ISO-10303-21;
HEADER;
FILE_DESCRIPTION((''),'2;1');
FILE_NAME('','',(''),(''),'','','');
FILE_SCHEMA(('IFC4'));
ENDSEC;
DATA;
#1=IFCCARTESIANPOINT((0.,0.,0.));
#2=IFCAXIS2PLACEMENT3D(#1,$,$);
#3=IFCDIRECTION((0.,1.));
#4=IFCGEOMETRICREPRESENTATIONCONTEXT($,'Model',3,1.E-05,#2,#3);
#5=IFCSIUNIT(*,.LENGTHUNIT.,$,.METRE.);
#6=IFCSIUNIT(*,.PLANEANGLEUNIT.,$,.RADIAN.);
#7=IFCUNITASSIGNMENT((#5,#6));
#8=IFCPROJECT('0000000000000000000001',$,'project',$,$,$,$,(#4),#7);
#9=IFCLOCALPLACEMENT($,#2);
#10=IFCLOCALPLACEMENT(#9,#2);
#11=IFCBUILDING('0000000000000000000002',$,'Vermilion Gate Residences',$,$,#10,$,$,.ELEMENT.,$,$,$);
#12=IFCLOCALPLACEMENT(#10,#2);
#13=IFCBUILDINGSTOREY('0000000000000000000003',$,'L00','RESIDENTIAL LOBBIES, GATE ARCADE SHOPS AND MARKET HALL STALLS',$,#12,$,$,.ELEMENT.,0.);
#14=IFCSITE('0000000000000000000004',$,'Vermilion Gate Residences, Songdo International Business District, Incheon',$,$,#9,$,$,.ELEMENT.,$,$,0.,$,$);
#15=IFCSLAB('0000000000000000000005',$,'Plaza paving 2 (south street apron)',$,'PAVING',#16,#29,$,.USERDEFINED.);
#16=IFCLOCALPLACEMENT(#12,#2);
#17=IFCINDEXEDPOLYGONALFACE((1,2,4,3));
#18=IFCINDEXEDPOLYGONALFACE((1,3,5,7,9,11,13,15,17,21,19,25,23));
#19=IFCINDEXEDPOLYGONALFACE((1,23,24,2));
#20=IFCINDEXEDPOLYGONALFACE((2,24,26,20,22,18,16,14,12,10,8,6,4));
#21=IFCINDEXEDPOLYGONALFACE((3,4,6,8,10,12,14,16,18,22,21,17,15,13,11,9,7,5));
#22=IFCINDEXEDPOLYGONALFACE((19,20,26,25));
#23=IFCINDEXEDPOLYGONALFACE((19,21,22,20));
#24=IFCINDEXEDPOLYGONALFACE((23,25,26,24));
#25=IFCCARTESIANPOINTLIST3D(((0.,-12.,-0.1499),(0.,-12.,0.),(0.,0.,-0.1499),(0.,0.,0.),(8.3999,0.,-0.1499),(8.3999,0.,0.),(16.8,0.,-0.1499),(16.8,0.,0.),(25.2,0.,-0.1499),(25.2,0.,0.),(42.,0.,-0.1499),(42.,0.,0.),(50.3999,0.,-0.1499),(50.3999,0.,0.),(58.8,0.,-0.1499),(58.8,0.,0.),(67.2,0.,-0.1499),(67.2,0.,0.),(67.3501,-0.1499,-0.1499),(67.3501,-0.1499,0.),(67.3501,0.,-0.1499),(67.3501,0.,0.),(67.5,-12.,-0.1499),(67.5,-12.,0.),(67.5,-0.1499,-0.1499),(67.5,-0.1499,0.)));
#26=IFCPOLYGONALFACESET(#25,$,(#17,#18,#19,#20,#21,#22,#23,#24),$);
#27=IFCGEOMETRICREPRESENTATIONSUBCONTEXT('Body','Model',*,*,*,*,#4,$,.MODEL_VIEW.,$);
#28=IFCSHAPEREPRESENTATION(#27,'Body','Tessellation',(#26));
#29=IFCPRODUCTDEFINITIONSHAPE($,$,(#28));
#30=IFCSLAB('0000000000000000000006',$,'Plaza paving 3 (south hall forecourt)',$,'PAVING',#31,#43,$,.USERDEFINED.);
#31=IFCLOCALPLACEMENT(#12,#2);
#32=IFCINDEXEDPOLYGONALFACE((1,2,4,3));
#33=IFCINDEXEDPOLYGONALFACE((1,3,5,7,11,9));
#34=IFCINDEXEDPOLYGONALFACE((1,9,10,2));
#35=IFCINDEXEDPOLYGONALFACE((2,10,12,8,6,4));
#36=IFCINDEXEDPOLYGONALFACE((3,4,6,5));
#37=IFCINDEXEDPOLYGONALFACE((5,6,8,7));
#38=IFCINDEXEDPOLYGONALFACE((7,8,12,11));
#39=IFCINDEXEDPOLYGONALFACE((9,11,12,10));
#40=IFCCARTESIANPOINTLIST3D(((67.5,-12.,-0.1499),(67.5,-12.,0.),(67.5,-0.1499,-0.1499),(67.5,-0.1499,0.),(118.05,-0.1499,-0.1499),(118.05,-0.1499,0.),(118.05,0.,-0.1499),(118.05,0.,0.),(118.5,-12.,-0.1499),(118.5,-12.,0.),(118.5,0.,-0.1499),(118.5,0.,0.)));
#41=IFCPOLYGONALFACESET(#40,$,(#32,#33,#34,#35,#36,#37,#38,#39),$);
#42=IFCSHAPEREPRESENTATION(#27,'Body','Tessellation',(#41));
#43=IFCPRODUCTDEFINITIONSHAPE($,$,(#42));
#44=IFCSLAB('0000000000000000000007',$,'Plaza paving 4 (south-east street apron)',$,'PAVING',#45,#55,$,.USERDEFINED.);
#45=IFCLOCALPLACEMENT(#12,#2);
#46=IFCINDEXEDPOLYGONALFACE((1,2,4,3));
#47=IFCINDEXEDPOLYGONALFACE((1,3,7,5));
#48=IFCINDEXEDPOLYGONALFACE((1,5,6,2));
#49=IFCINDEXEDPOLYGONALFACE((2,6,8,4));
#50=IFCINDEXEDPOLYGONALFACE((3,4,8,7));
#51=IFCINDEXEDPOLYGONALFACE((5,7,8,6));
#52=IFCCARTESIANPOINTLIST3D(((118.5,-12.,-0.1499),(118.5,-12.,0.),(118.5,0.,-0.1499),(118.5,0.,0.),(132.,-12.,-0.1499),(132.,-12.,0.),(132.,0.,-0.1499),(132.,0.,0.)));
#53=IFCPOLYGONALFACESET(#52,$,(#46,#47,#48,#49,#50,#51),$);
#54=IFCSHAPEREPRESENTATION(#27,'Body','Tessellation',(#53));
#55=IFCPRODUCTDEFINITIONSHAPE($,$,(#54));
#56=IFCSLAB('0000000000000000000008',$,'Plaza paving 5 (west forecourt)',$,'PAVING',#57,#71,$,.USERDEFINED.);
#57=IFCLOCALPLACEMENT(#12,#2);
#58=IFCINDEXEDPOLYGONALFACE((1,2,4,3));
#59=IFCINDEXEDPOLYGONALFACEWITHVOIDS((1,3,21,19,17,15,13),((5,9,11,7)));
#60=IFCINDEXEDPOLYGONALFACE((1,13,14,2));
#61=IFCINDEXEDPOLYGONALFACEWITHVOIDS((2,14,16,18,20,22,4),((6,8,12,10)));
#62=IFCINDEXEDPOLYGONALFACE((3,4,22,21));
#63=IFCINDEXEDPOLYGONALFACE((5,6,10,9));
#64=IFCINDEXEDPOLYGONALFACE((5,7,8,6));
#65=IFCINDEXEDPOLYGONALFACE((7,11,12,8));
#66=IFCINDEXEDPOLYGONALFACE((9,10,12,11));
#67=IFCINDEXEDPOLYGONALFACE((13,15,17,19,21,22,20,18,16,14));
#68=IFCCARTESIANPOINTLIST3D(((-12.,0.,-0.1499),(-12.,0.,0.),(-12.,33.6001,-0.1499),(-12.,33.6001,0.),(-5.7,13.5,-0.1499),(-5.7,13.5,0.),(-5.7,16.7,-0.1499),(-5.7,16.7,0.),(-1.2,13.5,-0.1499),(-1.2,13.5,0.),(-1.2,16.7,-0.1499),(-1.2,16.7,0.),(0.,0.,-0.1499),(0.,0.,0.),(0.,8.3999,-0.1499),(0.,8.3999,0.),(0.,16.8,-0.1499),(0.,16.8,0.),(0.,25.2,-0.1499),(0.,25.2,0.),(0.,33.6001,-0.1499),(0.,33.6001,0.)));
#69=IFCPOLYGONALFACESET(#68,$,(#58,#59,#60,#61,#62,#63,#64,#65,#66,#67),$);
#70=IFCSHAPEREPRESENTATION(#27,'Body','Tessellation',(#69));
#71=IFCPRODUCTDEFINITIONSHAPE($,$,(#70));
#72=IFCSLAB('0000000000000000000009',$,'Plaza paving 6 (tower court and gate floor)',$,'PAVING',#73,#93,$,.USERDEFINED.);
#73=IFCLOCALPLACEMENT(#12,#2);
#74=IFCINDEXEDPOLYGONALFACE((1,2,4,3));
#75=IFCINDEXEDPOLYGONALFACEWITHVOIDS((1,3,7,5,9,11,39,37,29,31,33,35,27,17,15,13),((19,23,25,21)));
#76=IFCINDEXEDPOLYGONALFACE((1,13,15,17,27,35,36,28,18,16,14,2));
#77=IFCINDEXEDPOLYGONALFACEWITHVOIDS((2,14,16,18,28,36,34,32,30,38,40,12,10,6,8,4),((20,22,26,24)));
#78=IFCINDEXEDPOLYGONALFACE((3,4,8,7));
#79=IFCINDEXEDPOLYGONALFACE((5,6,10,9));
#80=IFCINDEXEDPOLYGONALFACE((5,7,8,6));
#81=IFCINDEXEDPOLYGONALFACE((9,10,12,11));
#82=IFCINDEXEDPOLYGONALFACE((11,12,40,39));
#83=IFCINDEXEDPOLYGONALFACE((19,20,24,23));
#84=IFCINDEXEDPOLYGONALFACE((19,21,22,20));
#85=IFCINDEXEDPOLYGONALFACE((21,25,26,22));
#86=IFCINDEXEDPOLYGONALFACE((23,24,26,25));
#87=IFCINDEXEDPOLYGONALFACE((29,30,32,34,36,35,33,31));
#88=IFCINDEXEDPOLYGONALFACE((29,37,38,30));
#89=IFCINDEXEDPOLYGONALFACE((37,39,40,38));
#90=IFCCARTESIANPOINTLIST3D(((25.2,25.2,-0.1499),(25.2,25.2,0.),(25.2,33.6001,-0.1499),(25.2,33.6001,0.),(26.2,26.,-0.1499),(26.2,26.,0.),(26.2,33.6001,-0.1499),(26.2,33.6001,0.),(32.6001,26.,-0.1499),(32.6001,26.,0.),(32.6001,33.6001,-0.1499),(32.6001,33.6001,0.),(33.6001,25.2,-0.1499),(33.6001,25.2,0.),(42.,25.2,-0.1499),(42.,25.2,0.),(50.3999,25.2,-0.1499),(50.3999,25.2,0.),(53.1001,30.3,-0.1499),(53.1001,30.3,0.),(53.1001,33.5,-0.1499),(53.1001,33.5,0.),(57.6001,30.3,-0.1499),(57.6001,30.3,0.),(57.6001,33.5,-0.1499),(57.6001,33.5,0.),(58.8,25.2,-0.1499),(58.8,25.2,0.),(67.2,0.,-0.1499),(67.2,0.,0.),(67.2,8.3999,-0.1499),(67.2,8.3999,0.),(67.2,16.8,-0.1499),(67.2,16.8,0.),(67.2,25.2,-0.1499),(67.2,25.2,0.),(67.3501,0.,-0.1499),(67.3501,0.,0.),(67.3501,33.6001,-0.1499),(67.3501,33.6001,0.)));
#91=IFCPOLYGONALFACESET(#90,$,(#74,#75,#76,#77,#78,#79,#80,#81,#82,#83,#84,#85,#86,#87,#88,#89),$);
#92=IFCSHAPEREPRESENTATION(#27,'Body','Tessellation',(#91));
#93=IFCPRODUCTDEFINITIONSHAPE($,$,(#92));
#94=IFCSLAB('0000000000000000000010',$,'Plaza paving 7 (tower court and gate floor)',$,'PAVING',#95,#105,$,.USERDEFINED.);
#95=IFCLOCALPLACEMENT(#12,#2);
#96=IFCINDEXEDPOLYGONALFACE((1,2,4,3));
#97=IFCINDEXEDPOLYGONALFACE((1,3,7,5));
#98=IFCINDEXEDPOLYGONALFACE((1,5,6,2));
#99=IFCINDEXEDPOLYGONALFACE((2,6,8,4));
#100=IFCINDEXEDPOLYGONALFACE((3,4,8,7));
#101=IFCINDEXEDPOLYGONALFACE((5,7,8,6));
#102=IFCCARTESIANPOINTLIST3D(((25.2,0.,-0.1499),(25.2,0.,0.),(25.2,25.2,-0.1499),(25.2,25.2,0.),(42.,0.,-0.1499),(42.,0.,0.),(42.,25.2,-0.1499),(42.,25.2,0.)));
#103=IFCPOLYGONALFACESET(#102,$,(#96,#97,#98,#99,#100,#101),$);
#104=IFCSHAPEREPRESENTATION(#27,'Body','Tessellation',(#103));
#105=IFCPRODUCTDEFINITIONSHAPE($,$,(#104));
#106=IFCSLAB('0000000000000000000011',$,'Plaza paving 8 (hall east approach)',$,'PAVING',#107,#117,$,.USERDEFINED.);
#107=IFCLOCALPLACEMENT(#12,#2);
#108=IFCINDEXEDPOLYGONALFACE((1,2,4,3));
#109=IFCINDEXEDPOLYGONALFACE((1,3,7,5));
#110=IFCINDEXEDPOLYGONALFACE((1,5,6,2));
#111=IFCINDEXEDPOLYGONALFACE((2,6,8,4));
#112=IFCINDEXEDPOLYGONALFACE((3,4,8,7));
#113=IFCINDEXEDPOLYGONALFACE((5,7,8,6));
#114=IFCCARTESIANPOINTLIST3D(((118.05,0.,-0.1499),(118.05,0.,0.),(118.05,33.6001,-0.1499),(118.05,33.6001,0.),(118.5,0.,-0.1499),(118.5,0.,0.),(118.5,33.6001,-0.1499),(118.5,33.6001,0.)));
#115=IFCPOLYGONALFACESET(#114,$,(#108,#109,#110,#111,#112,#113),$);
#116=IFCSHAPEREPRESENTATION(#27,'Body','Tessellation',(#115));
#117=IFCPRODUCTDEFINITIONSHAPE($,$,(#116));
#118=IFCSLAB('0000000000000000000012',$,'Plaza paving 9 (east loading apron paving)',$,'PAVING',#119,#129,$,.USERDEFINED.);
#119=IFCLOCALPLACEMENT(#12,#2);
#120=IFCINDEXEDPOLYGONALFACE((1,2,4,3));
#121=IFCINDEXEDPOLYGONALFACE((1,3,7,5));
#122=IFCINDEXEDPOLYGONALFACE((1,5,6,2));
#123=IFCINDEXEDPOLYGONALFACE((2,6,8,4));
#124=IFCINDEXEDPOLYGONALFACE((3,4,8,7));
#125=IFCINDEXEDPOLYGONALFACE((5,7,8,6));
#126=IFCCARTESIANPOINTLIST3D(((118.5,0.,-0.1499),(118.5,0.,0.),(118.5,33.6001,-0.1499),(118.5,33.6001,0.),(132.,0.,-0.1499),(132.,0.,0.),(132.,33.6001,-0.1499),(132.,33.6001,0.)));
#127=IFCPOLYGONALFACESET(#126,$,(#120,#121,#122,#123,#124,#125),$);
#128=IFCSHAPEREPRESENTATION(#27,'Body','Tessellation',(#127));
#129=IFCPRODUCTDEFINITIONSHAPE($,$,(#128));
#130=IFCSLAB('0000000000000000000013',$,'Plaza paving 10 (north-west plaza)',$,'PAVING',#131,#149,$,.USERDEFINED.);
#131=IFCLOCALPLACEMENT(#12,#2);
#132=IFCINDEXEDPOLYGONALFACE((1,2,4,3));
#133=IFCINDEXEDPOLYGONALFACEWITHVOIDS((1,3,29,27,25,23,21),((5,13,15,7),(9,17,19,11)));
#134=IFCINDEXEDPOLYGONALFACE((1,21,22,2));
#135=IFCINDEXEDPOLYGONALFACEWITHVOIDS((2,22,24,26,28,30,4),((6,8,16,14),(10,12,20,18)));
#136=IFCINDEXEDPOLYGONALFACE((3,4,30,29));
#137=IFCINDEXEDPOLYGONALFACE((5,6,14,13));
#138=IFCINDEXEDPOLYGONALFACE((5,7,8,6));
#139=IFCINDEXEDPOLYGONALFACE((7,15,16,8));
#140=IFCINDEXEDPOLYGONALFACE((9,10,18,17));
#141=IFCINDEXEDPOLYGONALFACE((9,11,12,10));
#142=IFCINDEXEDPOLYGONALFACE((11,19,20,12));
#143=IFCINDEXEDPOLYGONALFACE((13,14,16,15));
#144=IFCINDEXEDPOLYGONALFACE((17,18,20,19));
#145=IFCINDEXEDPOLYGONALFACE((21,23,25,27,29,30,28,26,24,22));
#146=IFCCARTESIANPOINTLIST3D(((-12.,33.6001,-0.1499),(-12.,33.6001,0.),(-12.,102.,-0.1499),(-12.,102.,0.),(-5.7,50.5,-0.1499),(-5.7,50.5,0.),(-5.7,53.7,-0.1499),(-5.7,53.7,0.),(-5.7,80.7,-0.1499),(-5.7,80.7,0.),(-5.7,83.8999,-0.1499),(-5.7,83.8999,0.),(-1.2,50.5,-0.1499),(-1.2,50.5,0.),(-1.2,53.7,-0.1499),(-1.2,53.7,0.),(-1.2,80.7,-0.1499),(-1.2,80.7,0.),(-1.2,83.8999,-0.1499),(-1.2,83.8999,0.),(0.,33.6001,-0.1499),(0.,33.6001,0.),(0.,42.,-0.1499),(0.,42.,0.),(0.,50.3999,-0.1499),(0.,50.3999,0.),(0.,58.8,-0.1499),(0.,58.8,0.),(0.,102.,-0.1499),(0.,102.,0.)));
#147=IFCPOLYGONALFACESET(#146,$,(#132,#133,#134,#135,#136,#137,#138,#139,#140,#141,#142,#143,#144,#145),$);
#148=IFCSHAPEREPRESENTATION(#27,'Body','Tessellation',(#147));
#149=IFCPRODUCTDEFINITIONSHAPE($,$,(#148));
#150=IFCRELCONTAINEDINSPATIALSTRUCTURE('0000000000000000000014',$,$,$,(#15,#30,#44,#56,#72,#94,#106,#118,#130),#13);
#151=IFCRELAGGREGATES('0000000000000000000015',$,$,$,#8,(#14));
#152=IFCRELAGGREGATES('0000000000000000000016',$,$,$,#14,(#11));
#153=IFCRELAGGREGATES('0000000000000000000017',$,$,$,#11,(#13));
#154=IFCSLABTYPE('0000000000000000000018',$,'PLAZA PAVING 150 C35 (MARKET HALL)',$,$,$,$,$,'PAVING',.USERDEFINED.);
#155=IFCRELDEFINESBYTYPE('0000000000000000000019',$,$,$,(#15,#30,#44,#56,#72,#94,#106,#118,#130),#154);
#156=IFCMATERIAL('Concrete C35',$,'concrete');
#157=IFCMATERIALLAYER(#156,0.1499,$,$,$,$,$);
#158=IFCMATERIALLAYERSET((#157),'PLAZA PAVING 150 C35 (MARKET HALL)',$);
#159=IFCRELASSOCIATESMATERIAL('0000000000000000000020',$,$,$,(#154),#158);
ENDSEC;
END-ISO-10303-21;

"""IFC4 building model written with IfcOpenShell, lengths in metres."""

from ifc_helpers import new_model, si_unit, direction, frame, origin, place, context, subcontext, project, spatial, polyline, outline, extrude, material, layer, layer_set, type_object, element, save


model = new_model("IFC4")

# Units and contexts
model_context = context("Model", 3, precision=1e-05, world=origin(), true_north=direction((0.0, 1.0)))
body_context = subcontext(model_context, "Body", "Model", "MODEL_VIEW")
ifc_project = project(units=[si_unit("LENGTHUNIT", "METRE"), si_unit("PLANEANGLEUNIT", "RADIAN")], contexts=[model_context])

# Site, building, storey
site_placement = place(None, origin())
site = spatial("IfcSite", under=ifc_project, at=site_placement, Name="Vermilion Gate Residences, Songdo International Business District, Incheon", CompositionType="ELEMENT", RefElevation=0.0)
building_placement = place(site_placement, origin())
building = spatial("IfcBuilding", under=site, at=building_placement, Name="Vermilion Gate Residences", CompositionType="ELEMENT")
storey_placement = place(building_placement, origin())
storey = spatial("IfcBuildingStorey", under=building, at=storey_placement, Name="L00", Description="RESIDENTIAL LOBBIES, GATE ARCADE SHOPS AND MARKET HALL STALLS", CompositionType="ELEMENT", Elevation=0.0)

# Slabs
ifc_material_1 = material(Name="Concrete C35", Category="concrete")
ifc_layer_1 = layer(ifc_material_1, 0.1499)
ifc_layer_set_1 = layer_set([ifc_layer_1], Name="PLAZA PAVING 150 C35 (MARKET HALL)")
slab_type_1 = type_object("IfcSlabType", Name="PLAZA PAVING 150 C35 (MARKET HALL)", ElementType="PAVING", PredefinedType="USERDEFINED", material=ifc_layer_set_1)
slab_1_placement = place(storey_placement, frame((0.0, 0.0, -0.1499)))
element("IfcSlab", 1, at=slab_1_placement, inside=storey, type_object=slab_type_1, Name="Plaza paving 2 (south street apron)", ObjectType="PAVING", PredefinedType="USERDEFINED", context=body_context, shape_type="SweptSolid", body=[
    extrude(outline(polyline([(0.0, -12.0), (67.5, -12.0), (67.5, -0.1499), (67.3501, -0.1499), (67.3501, 0.0), (67.2, 0.0), (58.8, 0.0), (50.3999, 0.0), (42.0, 0.0), (25.2, 0.0), (16.8, 0.0), (8.3999, 0.0), (0.0, 0.0), (0.0, -12.0)])), origin(), (0.0, 0.0, 1.0), 0.1499),
])
slab_2_placement = place(storey_placement, frame((0.0, 0.0, -0.1499)))
element("IfcSlab", 2, at=slab_2_placement, inside=storey, type_object=slab_type_1, Name="Plaza paving 3 (south hall forecourt)", ObjectType="PAVING", PredefinedType="USERDEFINED", context=body_context, shape_type="SweptSolid", body=[
    extrude(outline(polyline([(67.5, -12.0), (118.5, -12.0), (118.5, 0.0), (118.05, 0.0), (118.05, -0.1499), (67.5, -0.1499), (67.5, -12.0)])), origin(), (0.0, 0.0, 1.0), 0.1499),
])
slab_3_placement = place(storey_placement, frame((0.0, 0.0, -0.1499)))
element("IfcSlab", 3, at=slab_3_placement, inside=storey, type_object=slab_type_1, Name="Plaza paving 4 (south-east street apron)", ObjectType="PAVING", PredefinedType="USERDEFINED", context=body_context, shape_type="SweptSolid", body=[
    extrude(outline(polyline([(132.0, -12.0), (132.0, 0.0), (118.5, 0.0), (118.5, -12.0), (132.0, -12.0)])), origin(), (0.0, 0.0, 1.0), 0.1499),
])
slab_4_placement = place(storey_placement, frame((0.0, 0.0, -0.1499)))
element("IfcSlab", 4, at=slab_4_placement, inside=storey, type_object=slab_type_1, Name="Plaza paving 5 (west forecourt)", ObjectType="PAVING", PredefinedType="USERDEFINED", context=body_context, shape_type="SweptSolid", body=[
    extrude(outline(polyline([(-12.0, 33.6001), (-12.0, 0.0), (0.0, 0.0), (0.0, 8.3999), (0.0, 16.8), (0.0, 25.2), (0.0, 33.6001), (-12.0, 33.6001)]), holes=[polyline([(-5.7, 16.7), (-1.2, 16.7), (-1.2, 13.5), (-5.7, 13.5), (-5.7, 16.7)])]), origin(), (0.0, 0.0, 1.0), 0.1499),
])
slab_5_placement = place(storey_placement, frame((0.0, 0.0, -0.1499)))
element("IfcSlab", 5, at=slab_5_placement, inside=storey, type_object=slab_type_1, Name="Plaza paving 6 (tower court and gate floor)", ObjectType="PAVING", PredefinedType="USERDEFINED", context=body_context, shape_type="SweptSolid", body=[
    extrude(outline(polyline([(67.3501, 0.0), (67.3501, 33.6001), (32.6001, 33.6001), (32.6001, 26.0), (26.2, 26.0), (26.2, 33.6001), (25.2, 33.6001), (25.2, 25.2), (33.6001, 25.2), (42.0, 25.2), (50.3999, 25.2), (58.8, 25.2), (67.2, 25.2), (67.2, 16.8), (67.2, 8.3999), (67.2, 0.0), (67.3501, 0.0)]), holes=[polyline([(53.1001, 33.5), (57.6001, 33.5), (57.6001, 30.3), (53.1001, 30.3), (53.1001, 33.5)])]), origin(), (0.0, 0.0, 1.0), 0.1499),
])
slab_6_placement = place(storey_placement, frame((0.0, 0.0, -0.1499)))
element("IfcSlab", 6, at=slab_6_placement, inside=storey, type_object=slab_type_1, Name="Plaza paving 7 (tower court and gate floor)", ObjectType="PAVING", PredefinedType="USERDEFINED", context=body_context, shape_type="SweptSolid", body=[
    extrude(outline(polyline([(25.2, 25.2), (25.2, 0.0), (42.0, 0.0), (42.0, 25.2), (25.2, 25.2)])), origin(), (0.0, 0.0, 1.0), 0.1499),
])
slab_7_placement = place(storey_placement, frame((0.0, 0.0, -0.1499)))
element("IfcSlab", 7, at=slab_7_placement, inside=storey, type_object=slab_type_1, Name="Plaza paving 8 (hall east approach)", ObjectType="PAVING", PredefinedType="USERDEFINED", context=body_context, shape_type="SweptSolid", body=[
    extrude(outline(polyline([(118.05, 33.6001), (118.05, 0.0), (118.5, 0.0), (118.5, 33.6001), (118.05, 33.6001)])), origin(), (0.0, 0.0, 1.0), 0.1499),
])
slab_8_placement = place(storey_placement, frame((0.0, 0.0, -0.1499)))
element("IfcSlab", 8, at=slab_8_placement, inside=storey, type_object=slab_type_1, Name="Plaza paving 9 (east loading apron paving)", ObjectType="PAVING", PredefinedType="USERDEFINED", context=body_context, shape_type="SweptSolid", body=[
    extrude(outline(polyline([(132.0, 0.0), (132.0, 33.6001), (118.5, 33.6001), (118.5, 0.0), (132.0, 0.0)])), origin(), (0.0, 0.0, 1.0), 0.1499),
])
slab_9_placement = place(storey_placement, frame((0.0, 0.0, -0.1499)))
element("IfcSlab", 9, at=slab_9_placement, inside=storey, type_object=slab_type_1, Name="Plaza paving 10 (north-west plaza)", ObjectType="PAVING", PredefinedType="USERDEFINED", context=body_context, shape_type="SweptSolid", body=[
    extrude(outline(polyline([(0.0, 102.0), (-12.0, 102.0), (-12.0, 33.6001), (0.0, 33.6001), (0.0, 42.0), (0.0, 50.3999), (0.0, 58.8), (0.0, 102.0)]), holes=[polyline([(-1.2, 53.7), (-1.2, 50.5), (-5.7, 50.5), (-5.7, 53.7), (-1.2, 53.7)]), polyline([(-5.7, 83.8999), (-1.2, 83.8999), (-1.2, 80.7), (-5.7, 80.7), (-5.7, 83.8999)])]), origin(), (0.0, 0.0, 1.0), 0.1499),
])

save(model, "model.ifc")
